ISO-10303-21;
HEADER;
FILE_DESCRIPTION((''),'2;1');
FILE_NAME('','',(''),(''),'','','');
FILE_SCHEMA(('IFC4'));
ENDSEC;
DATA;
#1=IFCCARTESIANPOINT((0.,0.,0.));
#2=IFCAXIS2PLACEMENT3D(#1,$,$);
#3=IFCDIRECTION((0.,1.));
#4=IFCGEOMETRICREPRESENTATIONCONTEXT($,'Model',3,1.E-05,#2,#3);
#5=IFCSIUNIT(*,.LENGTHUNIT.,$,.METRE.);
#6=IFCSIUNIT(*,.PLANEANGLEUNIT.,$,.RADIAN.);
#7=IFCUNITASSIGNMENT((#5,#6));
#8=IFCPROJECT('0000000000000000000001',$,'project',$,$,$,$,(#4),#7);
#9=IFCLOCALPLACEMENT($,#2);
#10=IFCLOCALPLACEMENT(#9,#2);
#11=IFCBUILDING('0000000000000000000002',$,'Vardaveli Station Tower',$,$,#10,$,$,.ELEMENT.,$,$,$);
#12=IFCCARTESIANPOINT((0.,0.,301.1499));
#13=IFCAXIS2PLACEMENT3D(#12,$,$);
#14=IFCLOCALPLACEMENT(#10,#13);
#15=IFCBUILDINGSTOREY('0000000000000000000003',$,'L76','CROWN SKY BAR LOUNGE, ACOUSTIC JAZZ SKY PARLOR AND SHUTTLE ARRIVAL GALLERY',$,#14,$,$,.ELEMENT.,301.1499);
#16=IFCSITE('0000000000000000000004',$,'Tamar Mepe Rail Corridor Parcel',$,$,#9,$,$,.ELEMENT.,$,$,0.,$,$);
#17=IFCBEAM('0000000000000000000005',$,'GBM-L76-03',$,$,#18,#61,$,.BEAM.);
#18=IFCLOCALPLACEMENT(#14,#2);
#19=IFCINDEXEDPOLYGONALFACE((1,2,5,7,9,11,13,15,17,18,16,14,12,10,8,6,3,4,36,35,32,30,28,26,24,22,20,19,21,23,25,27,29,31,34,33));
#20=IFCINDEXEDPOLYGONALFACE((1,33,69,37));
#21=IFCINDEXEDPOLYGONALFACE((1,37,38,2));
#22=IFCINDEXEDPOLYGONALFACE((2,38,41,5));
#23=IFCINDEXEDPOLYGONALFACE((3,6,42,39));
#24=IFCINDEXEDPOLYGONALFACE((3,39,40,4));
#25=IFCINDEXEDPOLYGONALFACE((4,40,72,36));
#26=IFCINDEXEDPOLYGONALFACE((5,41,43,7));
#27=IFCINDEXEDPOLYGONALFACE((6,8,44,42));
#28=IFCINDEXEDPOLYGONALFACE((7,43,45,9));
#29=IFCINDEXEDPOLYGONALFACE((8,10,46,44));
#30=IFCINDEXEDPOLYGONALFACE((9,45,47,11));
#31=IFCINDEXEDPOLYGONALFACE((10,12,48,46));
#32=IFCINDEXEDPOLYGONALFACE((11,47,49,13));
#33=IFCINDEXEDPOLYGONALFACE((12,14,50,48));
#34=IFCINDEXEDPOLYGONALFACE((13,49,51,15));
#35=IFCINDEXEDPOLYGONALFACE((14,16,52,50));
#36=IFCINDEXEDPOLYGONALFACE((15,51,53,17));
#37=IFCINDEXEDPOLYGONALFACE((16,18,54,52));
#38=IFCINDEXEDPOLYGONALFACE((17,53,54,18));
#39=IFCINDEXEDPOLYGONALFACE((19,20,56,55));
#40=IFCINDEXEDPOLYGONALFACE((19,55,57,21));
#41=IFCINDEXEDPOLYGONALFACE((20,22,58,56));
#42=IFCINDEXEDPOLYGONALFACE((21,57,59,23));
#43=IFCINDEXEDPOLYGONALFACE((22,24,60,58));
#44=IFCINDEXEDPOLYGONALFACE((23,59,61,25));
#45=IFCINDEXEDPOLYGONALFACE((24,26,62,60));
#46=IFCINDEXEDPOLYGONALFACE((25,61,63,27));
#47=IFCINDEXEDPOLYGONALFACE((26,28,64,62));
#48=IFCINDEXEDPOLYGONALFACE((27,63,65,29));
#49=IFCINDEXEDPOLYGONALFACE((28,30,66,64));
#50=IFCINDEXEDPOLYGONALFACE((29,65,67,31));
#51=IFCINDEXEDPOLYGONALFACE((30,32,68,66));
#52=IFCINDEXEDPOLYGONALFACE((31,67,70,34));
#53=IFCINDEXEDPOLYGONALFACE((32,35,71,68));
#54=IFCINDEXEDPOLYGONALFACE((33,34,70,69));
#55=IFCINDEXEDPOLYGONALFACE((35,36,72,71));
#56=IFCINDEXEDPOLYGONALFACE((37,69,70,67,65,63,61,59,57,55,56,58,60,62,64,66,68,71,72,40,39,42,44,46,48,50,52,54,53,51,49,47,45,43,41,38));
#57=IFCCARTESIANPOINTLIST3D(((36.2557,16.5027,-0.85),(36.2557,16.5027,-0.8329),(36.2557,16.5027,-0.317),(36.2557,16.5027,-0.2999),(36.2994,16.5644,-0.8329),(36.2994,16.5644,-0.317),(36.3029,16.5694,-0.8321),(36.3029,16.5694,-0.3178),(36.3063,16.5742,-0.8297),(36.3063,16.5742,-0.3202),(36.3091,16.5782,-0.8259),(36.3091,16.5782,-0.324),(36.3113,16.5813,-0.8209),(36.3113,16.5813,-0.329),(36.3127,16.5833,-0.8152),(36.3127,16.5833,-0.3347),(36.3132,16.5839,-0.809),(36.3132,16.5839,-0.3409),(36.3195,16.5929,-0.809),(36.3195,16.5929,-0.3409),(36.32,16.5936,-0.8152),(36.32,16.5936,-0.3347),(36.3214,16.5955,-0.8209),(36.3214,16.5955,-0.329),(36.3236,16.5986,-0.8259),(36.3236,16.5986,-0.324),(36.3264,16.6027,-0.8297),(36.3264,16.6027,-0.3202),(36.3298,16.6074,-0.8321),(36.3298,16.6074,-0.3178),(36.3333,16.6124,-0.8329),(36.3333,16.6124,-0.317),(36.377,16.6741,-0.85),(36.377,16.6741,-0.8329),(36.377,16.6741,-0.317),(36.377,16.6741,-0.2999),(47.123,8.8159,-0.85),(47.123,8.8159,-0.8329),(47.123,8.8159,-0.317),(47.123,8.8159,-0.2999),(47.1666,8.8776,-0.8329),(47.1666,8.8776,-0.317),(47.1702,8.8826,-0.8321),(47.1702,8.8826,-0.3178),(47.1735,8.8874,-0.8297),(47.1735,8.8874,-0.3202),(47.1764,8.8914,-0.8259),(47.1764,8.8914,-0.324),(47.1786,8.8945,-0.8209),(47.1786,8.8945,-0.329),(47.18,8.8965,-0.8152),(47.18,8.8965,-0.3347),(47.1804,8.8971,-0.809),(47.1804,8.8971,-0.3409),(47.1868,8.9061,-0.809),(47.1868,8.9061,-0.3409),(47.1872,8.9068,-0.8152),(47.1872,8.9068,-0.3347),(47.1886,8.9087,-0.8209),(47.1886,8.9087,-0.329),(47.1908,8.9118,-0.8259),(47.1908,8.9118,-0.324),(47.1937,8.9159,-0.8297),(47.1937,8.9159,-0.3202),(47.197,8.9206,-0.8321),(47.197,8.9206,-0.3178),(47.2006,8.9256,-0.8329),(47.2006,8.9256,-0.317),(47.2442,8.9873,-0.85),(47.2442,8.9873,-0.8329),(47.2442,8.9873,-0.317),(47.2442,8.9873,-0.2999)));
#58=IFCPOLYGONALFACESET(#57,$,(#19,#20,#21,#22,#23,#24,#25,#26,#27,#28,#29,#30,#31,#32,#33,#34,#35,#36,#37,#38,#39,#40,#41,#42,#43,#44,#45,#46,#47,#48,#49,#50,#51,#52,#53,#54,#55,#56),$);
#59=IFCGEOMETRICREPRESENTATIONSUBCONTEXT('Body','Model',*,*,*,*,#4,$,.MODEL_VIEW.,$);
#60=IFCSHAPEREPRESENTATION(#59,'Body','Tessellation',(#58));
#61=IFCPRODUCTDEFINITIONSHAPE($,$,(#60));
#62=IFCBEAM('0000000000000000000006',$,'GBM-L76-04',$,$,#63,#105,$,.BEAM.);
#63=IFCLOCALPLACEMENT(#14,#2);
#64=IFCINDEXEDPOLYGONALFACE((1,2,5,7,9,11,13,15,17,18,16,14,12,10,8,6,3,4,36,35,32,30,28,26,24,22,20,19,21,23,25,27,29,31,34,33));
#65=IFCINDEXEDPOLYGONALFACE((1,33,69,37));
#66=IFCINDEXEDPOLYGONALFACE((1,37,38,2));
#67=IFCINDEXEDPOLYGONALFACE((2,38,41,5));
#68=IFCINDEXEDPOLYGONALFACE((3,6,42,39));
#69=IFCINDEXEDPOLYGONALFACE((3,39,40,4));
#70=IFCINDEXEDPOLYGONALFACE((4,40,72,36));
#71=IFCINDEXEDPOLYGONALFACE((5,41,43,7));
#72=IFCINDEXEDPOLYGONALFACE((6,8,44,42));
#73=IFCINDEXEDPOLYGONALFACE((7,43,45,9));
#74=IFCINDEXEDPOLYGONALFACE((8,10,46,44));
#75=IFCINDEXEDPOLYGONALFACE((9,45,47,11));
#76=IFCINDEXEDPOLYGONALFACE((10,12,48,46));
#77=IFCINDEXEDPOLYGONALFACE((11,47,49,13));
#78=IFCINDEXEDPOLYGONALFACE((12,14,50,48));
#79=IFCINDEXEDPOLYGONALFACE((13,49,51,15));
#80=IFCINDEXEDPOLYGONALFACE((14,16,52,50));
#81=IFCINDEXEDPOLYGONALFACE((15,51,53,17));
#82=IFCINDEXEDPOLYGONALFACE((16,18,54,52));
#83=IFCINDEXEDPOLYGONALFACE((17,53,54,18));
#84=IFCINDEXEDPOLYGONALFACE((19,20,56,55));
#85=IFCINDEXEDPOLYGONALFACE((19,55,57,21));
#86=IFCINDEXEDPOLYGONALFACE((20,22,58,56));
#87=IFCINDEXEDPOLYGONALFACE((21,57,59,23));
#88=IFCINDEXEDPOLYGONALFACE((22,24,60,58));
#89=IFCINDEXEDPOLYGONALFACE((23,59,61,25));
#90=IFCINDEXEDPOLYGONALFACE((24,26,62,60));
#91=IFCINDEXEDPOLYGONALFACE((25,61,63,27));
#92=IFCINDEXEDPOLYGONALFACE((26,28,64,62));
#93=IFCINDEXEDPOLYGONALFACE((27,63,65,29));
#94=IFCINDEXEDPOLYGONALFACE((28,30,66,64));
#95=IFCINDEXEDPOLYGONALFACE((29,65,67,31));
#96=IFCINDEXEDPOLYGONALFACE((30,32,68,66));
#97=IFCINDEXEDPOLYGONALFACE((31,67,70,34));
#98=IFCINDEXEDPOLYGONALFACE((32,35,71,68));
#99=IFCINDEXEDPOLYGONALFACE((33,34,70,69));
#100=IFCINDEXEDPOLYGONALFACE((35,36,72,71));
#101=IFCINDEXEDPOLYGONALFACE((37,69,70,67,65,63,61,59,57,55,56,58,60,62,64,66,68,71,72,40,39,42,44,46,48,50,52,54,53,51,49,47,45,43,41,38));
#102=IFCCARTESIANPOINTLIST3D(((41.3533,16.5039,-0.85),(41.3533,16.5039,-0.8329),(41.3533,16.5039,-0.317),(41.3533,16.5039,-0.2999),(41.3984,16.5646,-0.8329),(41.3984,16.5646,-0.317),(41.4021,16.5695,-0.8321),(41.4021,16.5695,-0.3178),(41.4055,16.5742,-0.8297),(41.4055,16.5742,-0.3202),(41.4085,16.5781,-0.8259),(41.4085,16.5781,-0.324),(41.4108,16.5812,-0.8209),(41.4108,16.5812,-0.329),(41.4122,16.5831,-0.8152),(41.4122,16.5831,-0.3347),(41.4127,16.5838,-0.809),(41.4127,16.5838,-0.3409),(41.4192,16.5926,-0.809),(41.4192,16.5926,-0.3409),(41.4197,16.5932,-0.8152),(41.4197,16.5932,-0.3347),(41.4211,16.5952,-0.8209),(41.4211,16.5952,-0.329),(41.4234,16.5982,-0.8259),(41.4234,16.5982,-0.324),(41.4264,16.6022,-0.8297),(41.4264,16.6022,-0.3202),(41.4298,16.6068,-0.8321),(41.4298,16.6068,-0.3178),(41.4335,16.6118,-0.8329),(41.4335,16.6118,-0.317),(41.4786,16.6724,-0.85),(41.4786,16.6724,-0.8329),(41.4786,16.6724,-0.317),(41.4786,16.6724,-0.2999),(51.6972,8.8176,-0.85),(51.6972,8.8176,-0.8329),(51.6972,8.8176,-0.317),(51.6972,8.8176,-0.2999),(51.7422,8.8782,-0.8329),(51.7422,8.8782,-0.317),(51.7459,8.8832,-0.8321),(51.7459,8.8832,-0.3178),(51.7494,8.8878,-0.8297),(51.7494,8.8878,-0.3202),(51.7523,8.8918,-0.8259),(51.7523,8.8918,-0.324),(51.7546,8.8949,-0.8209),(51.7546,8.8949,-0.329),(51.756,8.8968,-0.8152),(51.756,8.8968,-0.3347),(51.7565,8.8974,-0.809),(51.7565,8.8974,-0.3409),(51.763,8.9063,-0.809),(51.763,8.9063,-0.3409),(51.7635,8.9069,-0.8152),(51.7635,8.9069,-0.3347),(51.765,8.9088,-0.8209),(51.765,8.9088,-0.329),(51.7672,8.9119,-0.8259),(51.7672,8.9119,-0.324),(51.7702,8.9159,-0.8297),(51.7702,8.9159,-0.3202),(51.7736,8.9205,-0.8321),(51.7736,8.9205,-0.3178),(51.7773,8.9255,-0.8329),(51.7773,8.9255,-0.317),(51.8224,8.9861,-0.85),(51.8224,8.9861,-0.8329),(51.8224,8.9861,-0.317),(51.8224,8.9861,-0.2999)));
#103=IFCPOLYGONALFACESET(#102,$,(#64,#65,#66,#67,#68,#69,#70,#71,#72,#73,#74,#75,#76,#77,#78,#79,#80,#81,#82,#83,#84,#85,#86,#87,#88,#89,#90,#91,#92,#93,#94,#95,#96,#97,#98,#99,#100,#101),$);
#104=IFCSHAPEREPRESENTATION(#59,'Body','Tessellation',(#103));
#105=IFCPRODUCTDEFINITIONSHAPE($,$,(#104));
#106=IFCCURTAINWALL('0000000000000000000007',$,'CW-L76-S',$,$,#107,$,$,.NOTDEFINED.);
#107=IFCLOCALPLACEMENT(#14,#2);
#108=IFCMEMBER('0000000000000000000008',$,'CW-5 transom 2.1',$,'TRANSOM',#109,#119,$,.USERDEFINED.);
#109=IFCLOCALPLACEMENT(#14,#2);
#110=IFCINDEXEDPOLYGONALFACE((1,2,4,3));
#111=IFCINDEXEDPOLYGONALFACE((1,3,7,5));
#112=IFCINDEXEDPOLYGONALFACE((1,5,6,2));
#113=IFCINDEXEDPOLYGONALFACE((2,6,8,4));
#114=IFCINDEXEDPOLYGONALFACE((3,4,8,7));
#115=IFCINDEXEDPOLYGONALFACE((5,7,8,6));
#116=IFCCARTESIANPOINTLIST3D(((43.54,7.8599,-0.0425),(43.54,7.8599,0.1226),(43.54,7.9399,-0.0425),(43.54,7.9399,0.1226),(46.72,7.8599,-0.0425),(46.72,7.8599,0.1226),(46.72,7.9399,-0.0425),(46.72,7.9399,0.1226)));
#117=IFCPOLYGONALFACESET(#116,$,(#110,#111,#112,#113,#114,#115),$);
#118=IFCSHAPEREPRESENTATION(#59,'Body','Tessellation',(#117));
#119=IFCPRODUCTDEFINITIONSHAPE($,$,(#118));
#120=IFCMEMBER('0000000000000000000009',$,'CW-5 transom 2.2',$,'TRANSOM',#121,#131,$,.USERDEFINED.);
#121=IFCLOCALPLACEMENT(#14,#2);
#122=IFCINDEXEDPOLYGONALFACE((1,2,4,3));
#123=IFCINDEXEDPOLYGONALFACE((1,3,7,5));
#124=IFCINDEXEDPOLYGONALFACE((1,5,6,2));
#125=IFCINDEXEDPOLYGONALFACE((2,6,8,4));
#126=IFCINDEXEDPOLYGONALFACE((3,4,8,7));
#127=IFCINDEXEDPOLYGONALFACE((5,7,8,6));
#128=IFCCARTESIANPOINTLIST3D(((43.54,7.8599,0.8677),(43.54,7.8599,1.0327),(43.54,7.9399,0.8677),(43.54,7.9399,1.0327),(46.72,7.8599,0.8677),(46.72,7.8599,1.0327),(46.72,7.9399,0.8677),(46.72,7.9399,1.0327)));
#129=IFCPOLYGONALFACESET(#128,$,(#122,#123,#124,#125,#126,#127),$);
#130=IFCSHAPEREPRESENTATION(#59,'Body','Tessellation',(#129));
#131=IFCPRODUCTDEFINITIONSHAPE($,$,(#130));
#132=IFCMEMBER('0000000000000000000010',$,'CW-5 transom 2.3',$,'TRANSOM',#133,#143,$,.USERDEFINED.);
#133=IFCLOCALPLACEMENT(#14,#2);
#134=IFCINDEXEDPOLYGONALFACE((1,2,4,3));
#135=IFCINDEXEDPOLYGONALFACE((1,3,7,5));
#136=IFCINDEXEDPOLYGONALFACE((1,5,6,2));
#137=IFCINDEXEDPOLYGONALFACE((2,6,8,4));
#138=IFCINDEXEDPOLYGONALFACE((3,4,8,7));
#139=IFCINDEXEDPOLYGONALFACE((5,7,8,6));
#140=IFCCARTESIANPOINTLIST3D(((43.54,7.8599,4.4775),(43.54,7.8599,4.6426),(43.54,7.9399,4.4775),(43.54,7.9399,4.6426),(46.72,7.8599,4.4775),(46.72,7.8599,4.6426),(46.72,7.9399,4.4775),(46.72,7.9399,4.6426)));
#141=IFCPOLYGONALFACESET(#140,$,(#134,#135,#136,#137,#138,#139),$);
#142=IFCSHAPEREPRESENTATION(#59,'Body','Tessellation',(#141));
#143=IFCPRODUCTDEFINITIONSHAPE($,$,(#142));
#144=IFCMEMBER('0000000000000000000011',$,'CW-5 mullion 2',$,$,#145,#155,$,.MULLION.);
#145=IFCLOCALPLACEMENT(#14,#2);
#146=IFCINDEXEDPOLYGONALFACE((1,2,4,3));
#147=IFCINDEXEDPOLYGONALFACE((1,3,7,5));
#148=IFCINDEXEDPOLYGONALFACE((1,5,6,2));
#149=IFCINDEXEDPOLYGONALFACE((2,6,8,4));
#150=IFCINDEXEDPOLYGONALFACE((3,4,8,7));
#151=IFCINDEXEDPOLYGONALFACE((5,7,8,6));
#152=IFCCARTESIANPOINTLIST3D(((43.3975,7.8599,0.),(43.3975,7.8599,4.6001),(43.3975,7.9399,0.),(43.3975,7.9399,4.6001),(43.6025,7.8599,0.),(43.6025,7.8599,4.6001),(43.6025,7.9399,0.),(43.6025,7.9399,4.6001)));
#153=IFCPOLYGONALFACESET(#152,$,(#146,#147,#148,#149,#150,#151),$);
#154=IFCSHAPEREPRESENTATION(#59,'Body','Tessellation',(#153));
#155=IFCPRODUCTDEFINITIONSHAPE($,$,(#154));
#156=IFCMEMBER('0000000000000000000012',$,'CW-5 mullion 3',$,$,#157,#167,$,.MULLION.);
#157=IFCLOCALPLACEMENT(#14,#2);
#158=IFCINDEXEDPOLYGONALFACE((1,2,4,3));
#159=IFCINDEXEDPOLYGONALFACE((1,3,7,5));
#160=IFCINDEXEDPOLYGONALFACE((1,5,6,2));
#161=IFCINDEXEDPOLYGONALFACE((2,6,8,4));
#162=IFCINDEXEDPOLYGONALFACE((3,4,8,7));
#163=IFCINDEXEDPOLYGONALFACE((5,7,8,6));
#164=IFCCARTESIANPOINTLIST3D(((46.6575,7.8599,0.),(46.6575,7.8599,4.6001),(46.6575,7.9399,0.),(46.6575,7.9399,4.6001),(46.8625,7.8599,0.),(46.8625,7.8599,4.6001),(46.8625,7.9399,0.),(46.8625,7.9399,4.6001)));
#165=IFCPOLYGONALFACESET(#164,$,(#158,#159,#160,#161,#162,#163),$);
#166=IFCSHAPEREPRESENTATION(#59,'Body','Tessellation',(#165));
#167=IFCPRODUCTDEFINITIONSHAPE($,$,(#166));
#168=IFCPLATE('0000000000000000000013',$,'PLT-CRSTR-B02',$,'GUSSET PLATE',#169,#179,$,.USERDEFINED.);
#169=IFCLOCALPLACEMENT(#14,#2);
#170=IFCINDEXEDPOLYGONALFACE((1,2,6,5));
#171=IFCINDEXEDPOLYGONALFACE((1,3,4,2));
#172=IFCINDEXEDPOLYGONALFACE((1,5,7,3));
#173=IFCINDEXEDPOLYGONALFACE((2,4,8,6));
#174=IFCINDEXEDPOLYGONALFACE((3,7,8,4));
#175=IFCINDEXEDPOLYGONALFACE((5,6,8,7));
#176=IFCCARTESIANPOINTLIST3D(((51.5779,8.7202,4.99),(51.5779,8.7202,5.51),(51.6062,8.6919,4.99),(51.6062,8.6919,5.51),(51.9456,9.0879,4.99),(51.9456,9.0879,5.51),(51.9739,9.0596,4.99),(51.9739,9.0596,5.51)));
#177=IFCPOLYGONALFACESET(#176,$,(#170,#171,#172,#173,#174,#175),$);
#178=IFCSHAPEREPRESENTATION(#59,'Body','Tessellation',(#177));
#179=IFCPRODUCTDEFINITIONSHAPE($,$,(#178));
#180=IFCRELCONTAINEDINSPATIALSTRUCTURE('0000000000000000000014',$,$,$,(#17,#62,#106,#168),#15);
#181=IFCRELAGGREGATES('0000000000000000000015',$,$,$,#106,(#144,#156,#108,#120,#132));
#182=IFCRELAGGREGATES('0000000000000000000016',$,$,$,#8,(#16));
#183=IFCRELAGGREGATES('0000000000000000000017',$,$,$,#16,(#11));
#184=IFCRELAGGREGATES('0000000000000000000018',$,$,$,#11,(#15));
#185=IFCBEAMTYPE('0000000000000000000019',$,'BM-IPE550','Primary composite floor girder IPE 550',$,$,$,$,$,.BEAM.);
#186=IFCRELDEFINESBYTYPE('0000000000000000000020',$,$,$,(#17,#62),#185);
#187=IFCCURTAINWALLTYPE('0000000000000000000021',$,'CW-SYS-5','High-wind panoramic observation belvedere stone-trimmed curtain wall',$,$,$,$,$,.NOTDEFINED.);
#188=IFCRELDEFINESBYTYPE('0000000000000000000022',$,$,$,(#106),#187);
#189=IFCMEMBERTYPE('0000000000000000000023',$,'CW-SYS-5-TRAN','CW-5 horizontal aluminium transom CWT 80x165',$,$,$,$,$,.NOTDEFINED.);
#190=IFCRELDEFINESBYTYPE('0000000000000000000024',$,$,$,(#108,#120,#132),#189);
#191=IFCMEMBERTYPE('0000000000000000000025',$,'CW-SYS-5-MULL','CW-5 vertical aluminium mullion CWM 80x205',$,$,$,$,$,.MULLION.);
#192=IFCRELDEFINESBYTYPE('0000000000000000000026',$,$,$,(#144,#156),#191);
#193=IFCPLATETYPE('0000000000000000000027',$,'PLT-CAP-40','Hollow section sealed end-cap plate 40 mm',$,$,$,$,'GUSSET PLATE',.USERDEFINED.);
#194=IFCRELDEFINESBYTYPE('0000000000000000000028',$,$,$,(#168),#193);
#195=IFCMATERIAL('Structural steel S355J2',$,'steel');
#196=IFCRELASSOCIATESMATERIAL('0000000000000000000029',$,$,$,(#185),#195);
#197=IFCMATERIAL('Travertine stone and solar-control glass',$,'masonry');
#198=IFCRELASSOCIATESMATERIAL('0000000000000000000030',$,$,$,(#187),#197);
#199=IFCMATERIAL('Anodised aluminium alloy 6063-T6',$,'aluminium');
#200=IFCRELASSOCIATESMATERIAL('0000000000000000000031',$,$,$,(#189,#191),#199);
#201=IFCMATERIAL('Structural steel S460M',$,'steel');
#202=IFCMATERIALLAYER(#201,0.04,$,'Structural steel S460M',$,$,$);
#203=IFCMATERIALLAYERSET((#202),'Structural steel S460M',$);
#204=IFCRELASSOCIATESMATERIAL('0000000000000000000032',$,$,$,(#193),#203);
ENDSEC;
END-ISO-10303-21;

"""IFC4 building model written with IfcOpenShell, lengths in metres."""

from ifc_helpers import new_model, si_unit, direction, frame, origin, origin_2d, place, context, subcontext, project, spatial, rectangle, i_section, extrude, source, transform, mapped, material, layer, layer_set, material_profile, profile_set, type_object, element, aggregate, save


model = new_model("IFC4")

# Units and contexts
model_context = context("Model", 3, precision=1e-05, world=origin(), true_north=direction((0.0, 1.0)))
body_context = subcontext(model_context, "Body", "Model", "MODEL_VIEW")
ifc_project = project(units=[si_unit("LENGTHUNIT", "METRE"), si_unit("PLANEANGLEUNIT", "RADIAN")], contexts=[model_context])

# Site, building, storey
site_placement = place(None, origin())
site = spatial("IfcSite", under=ifc_project, at=site_placement, Name="Tamar Mepe Rail Corridor Parcel", CompositionType="ELEMENT", RefElevation=0.0)
building_placement = place(site_placement, origin())
building = spatial("IfcBuilding", under=site, at=building_placement, Name="Vardaveli Station Tower", CompositionType="ELEMENT")
storey_placement = place(building_placement, frame((0.0, 0.0, 301.1499)))
storey = spatial("IfcBuildingStorey", under=building, at=storey_placement, Name="L76", Description="CROWN SKY BAR LOUNGE, ACOUSTIC JAZZ SKY PARLOR AND SHUTTLE ARRIVAL GALLERY", CompositionType="ELEMENT", Elevation=301.1499)

# Shared definitions
ifc_material_1 = material(Name="Structural steel S355J2", Category="steel")

# Beams
ifc_material_profile_1 = material_profile(ifc_material_1, i_section(OverallWidth=0.21, OverallDepth=0.55, WebThickness=0.011, FlangeThickness=0.0171, FilletRadius=0.0239, at=origin_2d()), Name="IPE 550")
ifc_profile_set_1 = profile_set([ifc_material_profile_1], Name="Structural steel S355J2")
beam_type_1 = type_object("IfcBeamType", Name="BM-IPE550", Description="Primary composite floor girder IPE 550", PredefinedType="BEAM", material=ifc_profile_set_1)
shared_shape_1 = source(origin(), body_context, "Body", "SweptSolid", [
    extrude(i_section(OverallWidth=0.21, OverallDepth=0.55, WebThickness=0.011, FlangeThickness=0.0171, FilletRadius=0.0239, at=origin_2d()), origin(), (0.0, 0.0, 1.0), 13.311),
])
beam_1_placement = place(storey_placement, frame((47.1836, 8.9016, -0.575), z_axis=(-0.816408, 0.577476, 0.0), x_axis=(-0.577476, -0.816408, 0.0)))
element("IfcBeam", 1, at=beam_1_placement, inside=storey, type_object=beam_type_1, Name="GBM-L76-03", PredefinedType="BEAM", context=body_context, shape_type="MappedRepresentation", body=[
    mapped(shared_shape_1, transform((0.0, 0.0, 0.0), scale=1.0)),
])
shared_shape_2 = source(origin(), body_context, "Body", "SweptSolid", [
    extrude(i_section(OverallWidth=0.21, OverallDepth=0.55, WebThickness=0.011, FlangeThickness=0.0171, FilletRadius=0.0239, at=origin_2d()), origin(), (0.0, 0.0, 1.0), 12.887),
])
beam_2_placement = place(storey_placement, frame((51.7598, 8.9019, -0.575), z_axis=(-0.802657, 0.596442, 0.0), x_axis=(-0.596442, -0.802657, 0.0)))
element("IfcBeam", 2, at=beam_2_placement, inside=storey, type_object=beam_type_1, Name="GBM-L76-04", PredefinedType="BEAM", context=body_context, shape_type="MappedRepresentation", body=[
    mapped(shared_shape_2, transform((0.0, 0.0, 0.0), scale=1.0)),
])

# Curtain wall, members
ifc_material_2 = material(Name="Travertine stone and solar-control glass", Category="masonry")
curtain_wall_type = type_object("IfcCurtainWallType", Name="CW-SYS-5", Description="High-wind panoramic observation belvedere stone-trimmed curtain wall", PredefinedType="NOTDEFINED", material=ifc_material_2)
curtain_wall_placement = place(storey_placement, origin())
curtain_wall = element("IfcCurtainWall", 3, at=curtain_wall_placement, inside=storey, type_object=curtain_wall_type, Name="CW-L76-S", PredefinedType="NOTDEFINED")
ifc_material_3 = material(Name="Anodised aluminium alloy 6063-T6", Category="aluminium")
ifc_material_profile_2 = material_profile(ifc_material_3, rectangle(XDim=0.0801, YDim=0.165, at=origin_2d()), Name="CWT 80x165")
ifc_profile_set_2 = profile_set([ifc_material_profile_2], Name="Anodised aluminium alloy 6063-T6")
member_type_1 = type_object("IfcMemberType", Name="CW-SYS-5-TRAN", Description="CW-5 horizontal aluminium transom CWT 80x165", PredefinedType="NOTDEFINED", material=ifc_profile_set_2)
shared_shape_3 = source(origin(), body_context, "Body", "SweptSolid", [
    extrude(rectangle(XDim=0.0801, YDim=0.165, at=origin_2d()), origin(), (0.0, 0.0, 1.0), 3.1799),
])
member_1_placement = place(storey_placement, frame((43.54, 7.8999, 0.04), z_axis=(1.0, 0.0, 0.0), x_axis=(0.0, 1.0, 0.0)))
member_1 = element("IfcMember", 4, at=member_1_placement, type_object=member_type_1, Name="CW-5 transom 2.1", ObjectType="TRANSOM", PredefinedType="USERDEFINED", context=body_context, shape_type="MappedRepresentation", body=[
    mapped(shared_shape_3, transform((0.0, 0.0, 0.0), scale=1.0)),
])
member_2_placement = place(storey_placement, frame((43.54, 7.8999, 0.9502), z_axis=(1.0, 0.0, 0.0), x_axis=(0.0, 1.0, 0.0)))
member_2 = element("IfcMember", 5, at=member_2_placement, type_object=member_type_1, Name="CW-5 transom 2.2", ObjectType="TRANSOM", PredefinedType="USERDEFINED", context=body_context, shape_type="MappedRepresentation", body=[
    mapped(shared_shape_3, transform((0.0, 0.0, 0.0), scale=1.0)),
])
member_3_placement = place(storey_placement, frame((43.54, 7.8999, 4.5601), z_axis=(1.0, 0.0, 0.0), x_axis=(0.0, 1.0, 0.0)))
member_3 = element("IfcMember", 6, at=member_3_placement, type_object=member_type_1, Name="CW-5 transom 2.3", ObjectType="TRANSOM", PredefinedType="USERDEFINED", context=body_context, shape_type="MappedRepresentation", body=[
    mapped(shared_shape_3, transform((0.0, 0.0, 0.0), scale=1.0)),
])
ifc_material_profile_3 = material_profile(ifc_material_3, rectangle(XDim=0.0801, YDim=0.2051, at=origin_2d()), Name="CWM 80x205")
ifc_profile_set_3 = profile_set([ifc_material_profile_3], Name="Anodised aluminium alloy 6063-T6")
member_type_2 = type_object("IfcMemberType", Name="CW-SYS-5-MULL", Description="CW-5 vertical aluminium mullion CWM 80x205", PredefinedType="MULLION", material=ifc_profile_set_3)
shared_shape_4 = source(origin(), body_context, "Body", "SweptSolid", [
    extrude(rectangle(XDim=0.0801, YDim=0.2051, at=origin_2d()), origin(), (0.0, 0.0, 1.0), 4.6001),
])
member_4_placement = place(storey_placement, frame((43.5, 7.8999, 0.0), z_axis=(0.0, 0.0, 1.0), x_axis=(0.0, 1.0, 0.0)))
member_4 = element("IfcMember", 7, at=member_4_placement, type_object=member_type_2, Name="CW-5 mullion 2", PredefinedType="MULLION", context=body_context, shape_type="MappedRepresentation", body=[
    mapped(shared_shape_4, transform((0.0, 0.0, 0.0), scale=1.0)),
])
member_5_placement = place(storey_placement, frame((46.76, 7.8999, 0.0), z_axis=(0.0, 0.0, 1.0), x_axis=(0.0, 1.0, 0.0)))
member_5 = element("IfcMember", 8, at=member_5_placement, type_object=member_type_2, Name="CW-5 mullion 3", PredefinedType="MULLION", context=body_context, shape_type="MappedRepresentation", body=[
    mapped(shared_shape_4, transform((0.0, 0.0, 0.0), scale=1.0)),
])

# Plate
ifc_material_4 = material(Name="Structural steel S460M", Category="steel")
ifc_layer_1 = layer(ifc_material_4, 0.04, Name="Structural steel S460M")
ifc_layer_set_1 = layer_set([ifc_layer_1], Name="Structural steel S460M")
plate_type_1 = type_object("IfcPlateType", Name="PLT-CAP-40", Description="Hollow section sealed end-cap plate 40 mm", ElementType="GUSSET PLATE", PredefinedType="USERDEFINED", material=ifc_layer_set_1)
shared_shape_5 = source(origin(), body_context, "Body", "SweptSolid", [
    extrude(rectangle(XDim=0.52, YDim=0.04, at=origin_2d()), origin(), (0.0, 0.0, 1.0), 0.52),
])
plate_1_placement = place(storey_placement, frame((51.7759, 8.8899, 4.99), z_axis=(0.0, 0.0, 1.0), x_axis=(0.707107, 0.707107, 0.0)))
element("IfcPlate", 9, at=plate_1_placement, inside=storey, type_object=plate_type_1, Name="PLT-CRSTR-B02", ObjectType="GUSSET PLATE", PredefinedType="USERDEFINED", context=body_context, shape_type="MappedRepresentation", body=[
    mapped(shared_shape_5, transform((0.0, 0.0, 0.0), scale=1.0)),
])
aggregate(curtain_wall, [member_4, member_5, member_1, member_2, member_3])

save(model, "model.ifc")
